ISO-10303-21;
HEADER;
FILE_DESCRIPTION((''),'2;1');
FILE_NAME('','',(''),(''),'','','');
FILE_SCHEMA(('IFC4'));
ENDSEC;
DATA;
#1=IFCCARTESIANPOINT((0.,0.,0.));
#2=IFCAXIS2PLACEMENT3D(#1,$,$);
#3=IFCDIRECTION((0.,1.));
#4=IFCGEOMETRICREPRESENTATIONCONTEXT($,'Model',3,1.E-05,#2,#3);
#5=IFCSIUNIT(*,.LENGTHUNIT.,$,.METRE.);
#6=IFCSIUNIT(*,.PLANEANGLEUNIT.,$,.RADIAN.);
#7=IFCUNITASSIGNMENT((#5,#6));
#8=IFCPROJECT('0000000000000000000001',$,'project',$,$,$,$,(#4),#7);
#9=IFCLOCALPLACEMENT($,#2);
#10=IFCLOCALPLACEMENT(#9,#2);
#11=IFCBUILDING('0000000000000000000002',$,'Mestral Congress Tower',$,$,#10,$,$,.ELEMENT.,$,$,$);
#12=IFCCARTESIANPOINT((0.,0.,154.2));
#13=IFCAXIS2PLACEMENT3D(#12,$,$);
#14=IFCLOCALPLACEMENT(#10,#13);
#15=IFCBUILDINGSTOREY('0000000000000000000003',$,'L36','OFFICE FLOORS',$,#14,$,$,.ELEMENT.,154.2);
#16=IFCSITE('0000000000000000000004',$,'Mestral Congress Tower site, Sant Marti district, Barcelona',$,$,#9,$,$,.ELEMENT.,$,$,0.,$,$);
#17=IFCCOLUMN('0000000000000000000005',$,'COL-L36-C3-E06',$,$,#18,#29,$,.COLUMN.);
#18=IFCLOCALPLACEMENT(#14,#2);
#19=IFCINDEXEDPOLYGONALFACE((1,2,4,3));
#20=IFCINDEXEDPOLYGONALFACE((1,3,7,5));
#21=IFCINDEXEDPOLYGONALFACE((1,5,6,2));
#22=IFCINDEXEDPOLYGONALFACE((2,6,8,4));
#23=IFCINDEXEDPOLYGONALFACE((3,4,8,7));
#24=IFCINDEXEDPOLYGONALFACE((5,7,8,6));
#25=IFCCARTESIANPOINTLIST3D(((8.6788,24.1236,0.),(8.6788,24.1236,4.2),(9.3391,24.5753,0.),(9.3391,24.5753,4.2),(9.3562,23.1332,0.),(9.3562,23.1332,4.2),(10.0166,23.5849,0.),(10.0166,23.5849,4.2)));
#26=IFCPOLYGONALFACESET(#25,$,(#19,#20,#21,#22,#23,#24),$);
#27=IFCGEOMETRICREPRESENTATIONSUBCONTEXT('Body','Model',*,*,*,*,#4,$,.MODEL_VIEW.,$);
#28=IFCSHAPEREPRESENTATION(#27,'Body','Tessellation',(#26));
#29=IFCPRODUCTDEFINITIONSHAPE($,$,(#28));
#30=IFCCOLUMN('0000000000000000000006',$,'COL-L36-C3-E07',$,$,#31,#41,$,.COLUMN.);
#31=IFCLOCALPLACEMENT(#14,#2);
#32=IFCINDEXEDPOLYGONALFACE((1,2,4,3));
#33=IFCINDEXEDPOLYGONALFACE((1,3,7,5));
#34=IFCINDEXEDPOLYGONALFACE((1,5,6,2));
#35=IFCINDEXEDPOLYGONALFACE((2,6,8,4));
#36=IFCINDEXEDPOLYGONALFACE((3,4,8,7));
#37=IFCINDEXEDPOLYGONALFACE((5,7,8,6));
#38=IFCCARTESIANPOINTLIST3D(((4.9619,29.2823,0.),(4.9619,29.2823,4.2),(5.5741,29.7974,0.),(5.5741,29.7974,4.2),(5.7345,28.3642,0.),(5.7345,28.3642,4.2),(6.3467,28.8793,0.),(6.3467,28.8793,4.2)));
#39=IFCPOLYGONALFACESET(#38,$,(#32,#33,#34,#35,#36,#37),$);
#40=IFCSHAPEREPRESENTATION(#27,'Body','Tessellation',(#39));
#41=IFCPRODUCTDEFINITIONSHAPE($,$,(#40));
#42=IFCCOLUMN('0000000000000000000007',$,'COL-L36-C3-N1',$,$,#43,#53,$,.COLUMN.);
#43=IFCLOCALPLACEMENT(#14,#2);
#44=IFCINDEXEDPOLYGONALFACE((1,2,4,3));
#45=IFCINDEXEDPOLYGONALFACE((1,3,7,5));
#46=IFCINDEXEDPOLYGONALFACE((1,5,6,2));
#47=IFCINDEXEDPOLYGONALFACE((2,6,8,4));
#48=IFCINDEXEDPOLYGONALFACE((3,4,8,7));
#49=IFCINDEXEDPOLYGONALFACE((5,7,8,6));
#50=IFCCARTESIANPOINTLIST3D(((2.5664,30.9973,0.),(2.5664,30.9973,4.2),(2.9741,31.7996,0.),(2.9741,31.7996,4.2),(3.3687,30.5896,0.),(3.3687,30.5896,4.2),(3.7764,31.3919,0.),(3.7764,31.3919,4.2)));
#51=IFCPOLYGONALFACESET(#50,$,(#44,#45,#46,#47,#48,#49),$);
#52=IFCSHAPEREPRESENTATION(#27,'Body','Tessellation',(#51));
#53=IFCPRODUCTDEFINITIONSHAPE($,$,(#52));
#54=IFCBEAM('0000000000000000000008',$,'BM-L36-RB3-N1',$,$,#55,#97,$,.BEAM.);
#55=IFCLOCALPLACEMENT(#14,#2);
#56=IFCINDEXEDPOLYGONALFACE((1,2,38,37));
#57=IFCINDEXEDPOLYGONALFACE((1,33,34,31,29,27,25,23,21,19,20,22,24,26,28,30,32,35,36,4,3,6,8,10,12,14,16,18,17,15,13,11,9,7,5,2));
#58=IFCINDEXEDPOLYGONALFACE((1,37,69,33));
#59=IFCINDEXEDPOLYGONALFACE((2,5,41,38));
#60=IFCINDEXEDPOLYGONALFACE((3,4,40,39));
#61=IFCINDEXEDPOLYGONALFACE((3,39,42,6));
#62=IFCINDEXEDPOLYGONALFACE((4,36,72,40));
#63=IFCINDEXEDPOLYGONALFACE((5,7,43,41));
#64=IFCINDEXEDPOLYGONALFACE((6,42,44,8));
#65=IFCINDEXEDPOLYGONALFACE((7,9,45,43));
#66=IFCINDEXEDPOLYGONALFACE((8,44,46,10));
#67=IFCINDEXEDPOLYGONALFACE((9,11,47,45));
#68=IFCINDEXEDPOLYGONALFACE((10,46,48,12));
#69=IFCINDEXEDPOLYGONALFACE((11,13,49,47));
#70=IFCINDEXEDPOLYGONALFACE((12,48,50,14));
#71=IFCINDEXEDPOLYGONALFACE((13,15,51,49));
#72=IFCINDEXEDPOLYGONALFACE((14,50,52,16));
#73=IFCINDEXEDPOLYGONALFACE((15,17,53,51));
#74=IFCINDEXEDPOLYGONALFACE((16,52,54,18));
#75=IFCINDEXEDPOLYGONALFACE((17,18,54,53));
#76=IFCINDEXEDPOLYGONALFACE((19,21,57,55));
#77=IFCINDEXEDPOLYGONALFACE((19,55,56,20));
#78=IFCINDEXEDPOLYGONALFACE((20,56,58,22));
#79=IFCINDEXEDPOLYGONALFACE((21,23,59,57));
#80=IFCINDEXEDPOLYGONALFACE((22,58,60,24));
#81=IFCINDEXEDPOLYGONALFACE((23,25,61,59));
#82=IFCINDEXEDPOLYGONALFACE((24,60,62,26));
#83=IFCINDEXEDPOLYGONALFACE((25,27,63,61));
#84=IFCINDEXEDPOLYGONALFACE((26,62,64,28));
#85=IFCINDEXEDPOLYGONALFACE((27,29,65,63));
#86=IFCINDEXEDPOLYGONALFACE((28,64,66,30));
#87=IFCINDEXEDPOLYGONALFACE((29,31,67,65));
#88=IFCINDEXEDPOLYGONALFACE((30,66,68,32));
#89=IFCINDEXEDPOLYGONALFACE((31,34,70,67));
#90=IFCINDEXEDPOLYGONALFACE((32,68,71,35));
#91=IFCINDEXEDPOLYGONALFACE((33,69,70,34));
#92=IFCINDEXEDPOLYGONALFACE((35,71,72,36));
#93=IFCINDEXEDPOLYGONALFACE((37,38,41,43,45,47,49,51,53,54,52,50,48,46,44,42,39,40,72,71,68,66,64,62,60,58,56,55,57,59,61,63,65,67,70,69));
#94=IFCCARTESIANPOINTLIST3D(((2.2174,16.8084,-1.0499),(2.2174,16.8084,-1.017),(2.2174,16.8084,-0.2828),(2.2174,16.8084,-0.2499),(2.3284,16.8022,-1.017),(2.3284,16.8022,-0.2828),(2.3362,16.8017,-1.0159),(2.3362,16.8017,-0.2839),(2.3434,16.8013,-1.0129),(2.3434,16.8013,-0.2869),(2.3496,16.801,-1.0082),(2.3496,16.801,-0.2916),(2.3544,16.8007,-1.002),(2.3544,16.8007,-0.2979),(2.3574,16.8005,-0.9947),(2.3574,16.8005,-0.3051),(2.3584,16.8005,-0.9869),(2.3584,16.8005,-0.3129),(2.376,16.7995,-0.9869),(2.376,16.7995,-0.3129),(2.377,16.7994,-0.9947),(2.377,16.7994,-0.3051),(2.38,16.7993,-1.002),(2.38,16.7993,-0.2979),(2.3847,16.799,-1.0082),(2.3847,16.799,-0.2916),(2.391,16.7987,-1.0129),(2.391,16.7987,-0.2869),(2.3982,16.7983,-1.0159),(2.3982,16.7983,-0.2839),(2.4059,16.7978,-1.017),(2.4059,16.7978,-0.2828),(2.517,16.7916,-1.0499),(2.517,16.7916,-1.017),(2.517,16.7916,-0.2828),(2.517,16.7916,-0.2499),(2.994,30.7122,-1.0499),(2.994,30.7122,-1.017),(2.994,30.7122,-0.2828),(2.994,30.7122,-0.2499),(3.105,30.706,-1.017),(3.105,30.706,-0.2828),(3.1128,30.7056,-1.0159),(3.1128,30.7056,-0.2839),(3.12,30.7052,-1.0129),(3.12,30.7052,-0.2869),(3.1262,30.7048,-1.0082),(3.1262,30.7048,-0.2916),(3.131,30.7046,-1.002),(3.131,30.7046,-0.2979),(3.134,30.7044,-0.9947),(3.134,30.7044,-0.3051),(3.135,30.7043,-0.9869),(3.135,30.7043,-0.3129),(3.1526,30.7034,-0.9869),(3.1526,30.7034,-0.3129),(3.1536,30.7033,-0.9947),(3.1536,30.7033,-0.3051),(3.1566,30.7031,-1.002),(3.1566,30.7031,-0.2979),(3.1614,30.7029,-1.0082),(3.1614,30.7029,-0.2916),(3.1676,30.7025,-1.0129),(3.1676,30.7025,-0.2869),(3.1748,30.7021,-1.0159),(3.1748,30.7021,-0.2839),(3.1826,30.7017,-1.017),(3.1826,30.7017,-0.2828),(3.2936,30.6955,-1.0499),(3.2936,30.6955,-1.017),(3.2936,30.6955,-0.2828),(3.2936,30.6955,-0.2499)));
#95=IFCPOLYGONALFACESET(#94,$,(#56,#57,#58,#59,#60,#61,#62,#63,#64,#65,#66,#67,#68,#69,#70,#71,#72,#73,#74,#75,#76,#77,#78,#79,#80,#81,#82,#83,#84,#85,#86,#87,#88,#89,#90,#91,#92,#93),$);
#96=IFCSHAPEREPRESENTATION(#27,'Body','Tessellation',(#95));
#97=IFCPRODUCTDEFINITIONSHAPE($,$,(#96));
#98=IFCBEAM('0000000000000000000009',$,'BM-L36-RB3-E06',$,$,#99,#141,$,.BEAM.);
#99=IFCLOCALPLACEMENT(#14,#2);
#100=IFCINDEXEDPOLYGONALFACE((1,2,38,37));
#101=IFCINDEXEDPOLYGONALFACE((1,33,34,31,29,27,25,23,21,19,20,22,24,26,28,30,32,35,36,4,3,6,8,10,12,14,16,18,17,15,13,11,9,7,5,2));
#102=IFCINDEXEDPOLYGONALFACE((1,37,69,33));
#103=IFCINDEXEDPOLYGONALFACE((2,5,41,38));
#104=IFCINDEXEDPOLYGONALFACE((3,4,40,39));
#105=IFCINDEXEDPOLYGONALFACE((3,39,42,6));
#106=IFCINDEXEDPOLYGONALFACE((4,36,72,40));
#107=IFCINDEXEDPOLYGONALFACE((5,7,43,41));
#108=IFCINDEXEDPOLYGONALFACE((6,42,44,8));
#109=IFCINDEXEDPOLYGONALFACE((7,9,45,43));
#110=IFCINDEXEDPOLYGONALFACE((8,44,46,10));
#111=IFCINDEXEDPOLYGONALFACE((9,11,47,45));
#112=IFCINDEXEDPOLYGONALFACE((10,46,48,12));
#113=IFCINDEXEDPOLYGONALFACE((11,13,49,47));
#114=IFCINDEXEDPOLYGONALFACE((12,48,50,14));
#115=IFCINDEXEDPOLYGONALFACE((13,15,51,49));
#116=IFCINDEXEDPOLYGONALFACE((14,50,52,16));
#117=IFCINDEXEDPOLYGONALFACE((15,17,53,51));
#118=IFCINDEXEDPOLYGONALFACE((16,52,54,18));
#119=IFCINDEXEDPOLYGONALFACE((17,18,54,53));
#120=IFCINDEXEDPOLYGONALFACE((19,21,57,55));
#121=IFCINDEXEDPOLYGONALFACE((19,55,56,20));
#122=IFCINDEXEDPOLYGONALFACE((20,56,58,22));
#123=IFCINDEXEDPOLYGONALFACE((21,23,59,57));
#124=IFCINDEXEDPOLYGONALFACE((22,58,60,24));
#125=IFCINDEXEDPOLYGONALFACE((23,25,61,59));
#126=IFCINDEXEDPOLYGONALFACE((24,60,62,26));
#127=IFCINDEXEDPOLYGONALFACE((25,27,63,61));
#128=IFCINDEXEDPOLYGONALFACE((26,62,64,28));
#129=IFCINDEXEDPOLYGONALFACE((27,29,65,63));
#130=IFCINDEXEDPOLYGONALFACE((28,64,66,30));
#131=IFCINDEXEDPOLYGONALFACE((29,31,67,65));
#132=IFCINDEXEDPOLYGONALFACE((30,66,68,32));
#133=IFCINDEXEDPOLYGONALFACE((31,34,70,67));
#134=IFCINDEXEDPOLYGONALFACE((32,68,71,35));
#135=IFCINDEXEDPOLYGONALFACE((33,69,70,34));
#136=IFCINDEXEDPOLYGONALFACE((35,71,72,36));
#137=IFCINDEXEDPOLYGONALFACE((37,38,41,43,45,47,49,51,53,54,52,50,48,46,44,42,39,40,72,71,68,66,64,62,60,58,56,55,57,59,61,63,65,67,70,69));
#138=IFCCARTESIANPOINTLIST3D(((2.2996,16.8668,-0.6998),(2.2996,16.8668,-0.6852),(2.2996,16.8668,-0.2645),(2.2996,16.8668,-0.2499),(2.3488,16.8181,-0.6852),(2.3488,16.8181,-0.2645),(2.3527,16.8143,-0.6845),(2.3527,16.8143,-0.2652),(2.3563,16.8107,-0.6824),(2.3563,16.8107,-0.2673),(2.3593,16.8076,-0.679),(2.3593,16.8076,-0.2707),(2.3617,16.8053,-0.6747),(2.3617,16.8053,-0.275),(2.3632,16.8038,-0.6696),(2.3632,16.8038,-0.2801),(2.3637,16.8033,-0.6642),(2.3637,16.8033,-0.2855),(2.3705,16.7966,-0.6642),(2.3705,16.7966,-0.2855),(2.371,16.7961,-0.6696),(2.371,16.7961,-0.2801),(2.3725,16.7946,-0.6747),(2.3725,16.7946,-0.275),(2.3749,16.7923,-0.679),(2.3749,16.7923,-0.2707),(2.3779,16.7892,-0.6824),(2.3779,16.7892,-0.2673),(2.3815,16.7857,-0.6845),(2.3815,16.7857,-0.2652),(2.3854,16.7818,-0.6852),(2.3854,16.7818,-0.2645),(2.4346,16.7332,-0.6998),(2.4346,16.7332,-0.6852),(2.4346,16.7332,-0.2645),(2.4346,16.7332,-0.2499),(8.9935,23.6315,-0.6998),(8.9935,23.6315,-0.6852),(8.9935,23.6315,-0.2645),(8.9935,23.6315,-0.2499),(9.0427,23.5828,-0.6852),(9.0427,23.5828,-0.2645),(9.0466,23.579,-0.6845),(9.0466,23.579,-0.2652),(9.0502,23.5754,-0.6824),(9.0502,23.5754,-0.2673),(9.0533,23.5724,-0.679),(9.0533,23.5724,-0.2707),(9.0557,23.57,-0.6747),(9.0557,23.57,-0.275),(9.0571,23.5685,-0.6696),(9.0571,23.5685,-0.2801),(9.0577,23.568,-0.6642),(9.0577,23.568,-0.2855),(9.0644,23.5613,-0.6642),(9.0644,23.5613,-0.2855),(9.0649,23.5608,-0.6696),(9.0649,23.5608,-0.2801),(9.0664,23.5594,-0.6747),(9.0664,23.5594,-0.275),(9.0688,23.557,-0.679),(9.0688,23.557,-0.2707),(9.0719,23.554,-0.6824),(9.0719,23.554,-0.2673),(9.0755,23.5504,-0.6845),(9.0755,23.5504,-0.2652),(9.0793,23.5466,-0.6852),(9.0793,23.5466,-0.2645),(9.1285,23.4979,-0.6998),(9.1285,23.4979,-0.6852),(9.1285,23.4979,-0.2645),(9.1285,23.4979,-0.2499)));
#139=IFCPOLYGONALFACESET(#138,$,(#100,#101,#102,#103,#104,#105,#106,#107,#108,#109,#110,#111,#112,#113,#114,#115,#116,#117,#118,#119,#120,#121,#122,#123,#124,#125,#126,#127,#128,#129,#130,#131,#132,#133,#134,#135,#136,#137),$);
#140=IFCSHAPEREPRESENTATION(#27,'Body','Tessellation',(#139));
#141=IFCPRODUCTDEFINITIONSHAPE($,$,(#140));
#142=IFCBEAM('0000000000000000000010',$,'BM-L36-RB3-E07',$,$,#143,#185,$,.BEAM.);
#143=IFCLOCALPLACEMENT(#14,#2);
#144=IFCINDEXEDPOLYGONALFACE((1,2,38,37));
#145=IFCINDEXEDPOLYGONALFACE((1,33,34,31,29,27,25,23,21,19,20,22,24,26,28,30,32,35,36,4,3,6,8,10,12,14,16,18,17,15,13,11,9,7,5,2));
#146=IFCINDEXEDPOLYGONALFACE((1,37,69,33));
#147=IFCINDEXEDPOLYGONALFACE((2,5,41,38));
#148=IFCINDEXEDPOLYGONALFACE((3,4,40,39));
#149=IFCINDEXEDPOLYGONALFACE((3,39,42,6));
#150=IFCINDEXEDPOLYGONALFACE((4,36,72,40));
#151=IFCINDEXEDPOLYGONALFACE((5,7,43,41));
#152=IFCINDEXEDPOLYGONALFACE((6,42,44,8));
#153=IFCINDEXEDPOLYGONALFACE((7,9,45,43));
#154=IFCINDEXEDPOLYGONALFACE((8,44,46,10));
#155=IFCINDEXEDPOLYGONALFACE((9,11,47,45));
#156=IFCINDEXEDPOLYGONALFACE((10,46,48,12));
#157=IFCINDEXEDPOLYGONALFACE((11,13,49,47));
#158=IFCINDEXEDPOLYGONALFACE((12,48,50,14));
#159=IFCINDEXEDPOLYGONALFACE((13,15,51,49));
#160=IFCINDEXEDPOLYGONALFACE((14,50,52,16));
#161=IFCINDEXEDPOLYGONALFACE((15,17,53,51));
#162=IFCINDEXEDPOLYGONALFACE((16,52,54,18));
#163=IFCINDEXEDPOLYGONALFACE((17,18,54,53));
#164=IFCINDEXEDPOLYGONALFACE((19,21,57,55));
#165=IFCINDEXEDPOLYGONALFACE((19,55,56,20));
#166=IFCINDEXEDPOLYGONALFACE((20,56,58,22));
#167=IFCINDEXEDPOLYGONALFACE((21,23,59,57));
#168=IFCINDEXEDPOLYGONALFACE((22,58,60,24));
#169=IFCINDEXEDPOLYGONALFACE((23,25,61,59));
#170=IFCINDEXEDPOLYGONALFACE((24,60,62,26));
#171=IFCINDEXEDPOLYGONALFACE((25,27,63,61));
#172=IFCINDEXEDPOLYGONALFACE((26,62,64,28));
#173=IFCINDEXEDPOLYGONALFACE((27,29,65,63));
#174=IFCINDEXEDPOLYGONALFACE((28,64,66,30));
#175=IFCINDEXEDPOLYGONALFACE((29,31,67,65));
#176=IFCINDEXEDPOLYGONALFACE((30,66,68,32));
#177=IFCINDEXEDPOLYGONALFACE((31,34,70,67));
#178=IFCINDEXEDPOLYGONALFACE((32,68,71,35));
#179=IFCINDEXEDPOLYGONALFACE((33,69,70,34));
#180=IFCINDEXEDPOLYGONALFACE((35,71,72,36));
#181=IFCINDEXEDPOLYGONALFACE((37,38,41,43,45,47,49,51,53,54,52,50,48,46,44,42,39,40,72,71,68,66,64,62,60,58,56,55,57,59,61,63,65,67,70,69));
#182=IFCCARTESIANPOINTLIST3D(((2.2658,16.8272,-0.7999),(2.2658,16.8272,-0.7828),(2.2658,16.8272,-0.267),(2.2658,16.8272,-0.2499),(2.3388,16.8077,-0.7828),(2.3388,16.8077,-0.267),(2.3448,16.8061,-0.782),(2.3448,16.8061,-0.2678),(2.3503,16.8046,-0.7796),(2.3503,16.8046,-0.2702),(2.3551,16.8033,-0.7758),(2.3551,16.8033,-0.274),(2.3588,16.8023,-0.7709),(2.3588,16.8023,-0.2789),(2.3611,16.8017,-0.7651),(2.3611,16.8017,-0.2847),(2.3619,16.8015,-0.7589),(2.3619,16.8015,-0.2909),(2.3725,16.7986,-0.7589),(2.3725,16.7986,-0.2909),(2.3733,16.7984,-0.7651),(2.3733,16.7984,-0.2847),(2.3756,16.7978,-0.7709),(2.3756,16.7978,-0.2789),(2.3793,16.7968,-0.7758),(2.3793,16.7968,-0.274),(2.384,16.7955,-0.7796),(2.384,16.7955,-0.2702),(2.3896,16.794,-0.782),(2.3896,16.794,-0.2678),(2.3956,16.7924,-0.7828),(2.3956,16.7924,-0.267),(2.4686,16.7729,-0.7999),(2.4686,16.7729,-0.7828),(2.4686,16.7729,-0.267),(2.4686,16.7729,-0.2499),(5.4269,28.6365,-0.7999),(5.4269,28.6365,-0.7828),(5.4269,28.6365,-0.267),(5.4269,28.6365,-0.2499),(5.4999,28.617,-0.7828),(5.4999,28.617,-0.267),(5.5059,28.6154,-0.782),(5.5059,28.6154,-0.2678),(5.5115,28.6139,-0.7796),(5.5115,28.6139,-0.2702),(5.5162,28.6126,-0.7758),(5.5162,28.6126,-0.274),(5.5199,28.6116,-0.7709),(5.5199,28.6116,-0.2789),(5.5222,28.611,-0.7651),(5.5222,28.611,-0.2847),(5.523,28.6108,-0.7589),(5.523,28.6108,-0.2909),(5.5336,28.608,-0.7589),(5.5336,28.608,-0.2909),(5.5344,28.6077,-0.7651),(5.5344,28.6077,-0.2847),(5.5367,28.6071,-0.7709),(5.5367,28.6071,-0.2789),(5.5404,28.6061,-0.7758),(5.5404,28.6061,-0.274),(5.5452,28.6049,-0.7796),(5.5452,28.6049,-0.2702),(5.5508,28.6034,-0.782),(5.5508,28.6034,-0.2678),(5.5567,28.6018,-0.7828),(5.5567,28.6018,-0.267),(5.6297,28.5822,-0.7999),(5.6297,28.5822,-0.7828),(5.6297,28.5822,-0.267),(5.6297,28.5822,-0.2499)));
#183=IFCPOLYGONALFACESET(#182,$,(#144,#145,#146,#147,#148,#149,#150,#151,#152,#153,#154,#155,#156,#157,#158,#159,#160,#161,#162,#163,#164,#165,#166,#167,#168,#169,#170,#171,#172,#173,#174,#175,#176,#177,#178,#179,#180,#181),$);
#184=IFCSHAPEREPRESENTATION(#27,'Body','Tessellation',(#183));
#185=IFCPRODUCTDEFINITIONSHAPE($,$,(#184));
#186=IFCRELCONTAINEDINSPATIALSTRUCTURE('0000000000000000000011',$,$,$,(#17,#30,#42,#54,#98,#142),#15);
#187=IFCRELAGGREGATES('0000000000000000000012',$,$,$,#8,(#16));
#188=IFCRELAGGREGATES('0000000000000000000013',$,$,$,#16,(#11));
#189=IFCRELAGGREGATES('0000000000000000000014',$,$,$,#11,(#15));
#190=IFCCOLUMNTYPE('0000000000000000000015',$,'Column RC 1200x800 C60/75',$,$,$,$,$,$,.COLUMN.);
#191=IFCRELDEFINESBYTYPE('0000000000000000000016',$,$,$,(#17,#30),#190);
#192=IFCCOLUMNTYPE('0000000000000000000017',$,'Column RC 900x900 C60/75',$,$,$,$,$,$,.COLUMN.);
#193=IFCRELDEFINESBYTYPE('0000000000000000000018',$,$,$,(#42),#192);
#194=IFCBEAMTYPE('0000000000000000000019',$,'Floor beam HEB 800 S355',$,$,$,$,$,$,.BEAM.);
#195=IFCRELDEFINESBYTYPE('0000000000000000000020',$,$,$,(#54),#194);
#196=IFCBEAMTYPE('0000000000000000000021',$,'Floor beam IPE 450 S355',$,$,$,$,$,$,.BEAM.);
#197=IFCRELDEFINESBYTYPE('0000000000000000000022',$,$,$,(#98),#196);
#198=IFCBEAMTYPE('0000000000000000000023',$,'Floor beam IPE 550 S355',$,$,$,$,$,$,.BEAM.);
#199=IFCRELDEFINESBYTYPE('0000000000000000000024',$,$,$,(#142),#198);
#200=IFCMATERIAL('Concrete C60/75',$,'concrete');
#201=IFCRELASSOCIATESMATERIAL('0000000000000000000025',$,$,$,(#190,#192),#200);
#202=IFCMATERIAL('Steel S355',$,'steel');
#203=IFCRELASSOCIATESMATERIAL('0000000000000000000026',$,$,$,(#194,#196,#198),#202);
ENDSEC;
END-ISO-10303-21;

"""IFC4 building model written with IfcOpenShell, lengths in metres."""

from ifc_helpers import new_model, si_unit, direction, frame, origin, origin_2d, place, context, subcontext, project, spatial, rectangle, i_section, extrude, material, material_profile, profile_set, type_object, element, save


model = new_model("IFC4")

# Units and contexts
model_context = context("Model", 3, precision=1e-05, world=origin(), true_north=direction((0.0, 1.0)))
body_context = subcontext(model_context, "Body", "Model", "MODEL_VIEW")
ifc_project = project(units=[si_unit("LENGTHUNIT", "METRE"), si_unit("PLANEANGLEUNIT", "RADIAN")], contexts=[model_context])

# Site, building, storey
site_placement = place(None, origin())
site = spatial("IfcSite", under=ifc_project, at=site_placement, Name="Mestral Congress Tower site, Sant Marti district, Barcelona", CompositionType="ELEMENT", RefElevation=0.0)
building_placement = place(site_placement, origin())
building = spatial("IfcBuilding", under=site, at=building_placement, Name="Mestral Congress Tower", CompositionType="ELEMENT")
storey_placement = place(building_placement, frame((0.0, 0.0, 154.2)))
storey = spatial("IfcBuildingStorey", under=building, at=storey_placement, Name="L36", Description="OFFICE FLOORS", CompositionType="ELEMENT", Elevation=154.2)

# Columns
ifc_material_1 = material(Name="Concrete C60/75", Category="concrete")
ifc_material_profile_1 = material_profile(ifc_material_1, rectangle(XDim=1.2, YDim=0.8, at=origin_2d()), Name="RC 1200x800")
ifc_profile_set_1 = profile_set([ifc_material_profile_1], Name="Concrete C60/75")
column_type_1 = type_object("IfcColumnType", Name="Column RC 1200x800 C60/75", PredefinedType="COLUMN", material=ifc_profile_set_1)
for number, where, z_axis, x_axis, name in (
    (1, (9.3477, 23.8542, 0.0), (0.0, 0.0, 1.0), (-0.564568, 0.825387, 0.0), "COL-L36-C3-E06"),
    (2, (5.6543, 29.0808, 0.0), (0.0, 0.0, 1.0), (-0.643827, 0.765171, 0.0), "COL-L36-C3-E07"),
):
    element("IfcColumn", number, at=place(storey_placement, frame(where, z_axis=z_axis, x_axis=x_axis)), inside=storey, type_object=column_type_1, Name=name, PredefinedType="COLUMN", context=body_context, shape_type="SweptSolid", body=[
        extrude(rectangle(XDim=1.2, YDim=0.8, at=origin_2d()), origin(), (0.0, 0.0, 1.0), 4.2),
    ])
ifc_material_profile_2 = material_profile(ifc_material_1, rectangle(XDim=0.8999, YDim=0.8999, at=origin_2d()), Name="RC 900x900")
ifc_profile_set_2 = profile_set([ifc_material_profile_2], Name="Concrete C60/75")
column_type_2 = type_object("IfcColumnType", Name="Column RC 900x900 C60/75", PredefinedType="COLUMN", material=ifc_profile_set_2)
column_placement = place(storey_placement, frame((3.1714, 31.1946, 0.0), z_axis=(0.0, 0.0, 1.0), x_axis=(-0.891486, 0.453048, 0.0)))
element("IfcColumn", 3, at=column_placement, inside=storey, type_object=column_type_2, Name="COL-L36-C3-N1", PredefinedType="COLUMN", context=body_context, shape_type="SweptSolid", body=[
    extrude(rectangle(XDim=0.8999, YDim=0.8999, at=origin_2d()), origin(), (0.0, 0.0, 1.0), 4.2),
])

# Beams
ifc_material_2 = material(Name="Steel S355", Category="steel")
ifc_material_profile_3 = material_profile(ifc_material_2, i_section(OverallWidth=0.3, OverallDepth=0.8, WebThickness=0.0176, FlangeThickness=0.033, FilletRadius=0.03, at=origin_2d()), Name="HEB 800")
ifc_profile_set_3 = profile_set([ifc_material_profile_3], Name="Steel S355")
beam_type_1 = type_object("IfcBeamType", Name="Floor beam HEB 800 S355", PredefinedType="BEAM", material=ifc_profile_set_3)
beam_1_placement = place(storey_placement, frame((3.1438, 30.7039, -0.6499), z_axis=(-0.055769, -0.998444, 0.0), x_axis=(0.998444, -0.055769, 0.0)))
element("IfcBeam", 4, at=beam_1_placement, inside=storey, type_object=beam_type_1, Name="BM-L36-RB3-N1", PredefinedType="BEAM", context=body_context, shape_type="SweptSolid", body=[
    extrude(i_section(OverallWidth=0.3, OverallDepth=0.8, WebThickness=0.0176, FlangeThickness=0.033, FilletRadius=0.03, at=origin_2d()), origin(), (0.0, 0.0, 1.0), 13.9255),
])
ifc_material_profile_4 = material_profile(ifc_material_2, i_section(OverallWidth=0.1899, OverallDepth=0.45, WebThickness=0.0095, FlangeThickness=0.0146, FilletRadius=0.021, at=origin_2d()), Name="IPE 450")
ifc_profile_set_4 = profile_set([ifc_material_profile_4], Name="Steel S355")
beam_type_2 = type_object("IfcBeamType", Name="Floor beam IPE 450 S355", PredefinedType="BEAM", material=ifc_profile_set_4)
beam_2_placement = place(storey_placement, frame((9.061, 23.5647, -0.4749), z_axis=(-0.703377, -0.710817, 0.0), x_axis=(0.710817, -0.703377, 0.0)))
element("IfcBeam", 5, at=beam_2_placement, inside=storey, type_object=beam_type_2, Name="BM-L36-RB3-E06", PredefinedType="BEAM", context=body_context, shape_type="SweptSolid", body=[
    extrude(i_section(OverallWidth=0.1899, OverallDepth=0.45, WebThickness=0.0095, FlangeThickness=0.0146, FilletRadius=0.021, at=origin_2d()), origin(), (0.0, 0.0, 1.0), 9.5168),
])
ifc_material_profile_5 = material_profile(ifc_material_2, i_section(OverallWidth=0.21, OverallDepth=0.55, WebThickness=0.011, FlangeThickness=0.0171, FilletRadius=0.0239, at=origin_2d()), Name="IPE 550")
ifc_profile_set_5 = profile_set([ifc_material_profile_5], Name="Steel S355")
beam_type_3 = type_object("IfcBeamType", Name="Floor beam IPE 550 S355", PredefinedType="BEAM", material=ifc_profile_set_5)
beam_3_placement = place(storey_placement, frame((5.5283, 28.6094, -0.5249), z_axis=(-0.258577, -0.965991, 0.0), x_axis=(0.965991, -0.258577, 0.0)))
element("IfcBeam", 6, at=beam_3_placement, inside=storey, type_object=beam_type_3, Name="BM-L36-RB3-E07", PredefinedType="BEAM", context=body_context, shape_type="SweptSolid", body=[
    extrude(i_section(OverallWidth=0.21, OverallDepth=0.55, WebThickness=0.011, FlangeThickness=0.0171, FilletRadius=0.0239, at=origin_2d()), origin(), (0.0, 0.0, 1.0), 12.2251),
])

save(model, "model.ifc")
